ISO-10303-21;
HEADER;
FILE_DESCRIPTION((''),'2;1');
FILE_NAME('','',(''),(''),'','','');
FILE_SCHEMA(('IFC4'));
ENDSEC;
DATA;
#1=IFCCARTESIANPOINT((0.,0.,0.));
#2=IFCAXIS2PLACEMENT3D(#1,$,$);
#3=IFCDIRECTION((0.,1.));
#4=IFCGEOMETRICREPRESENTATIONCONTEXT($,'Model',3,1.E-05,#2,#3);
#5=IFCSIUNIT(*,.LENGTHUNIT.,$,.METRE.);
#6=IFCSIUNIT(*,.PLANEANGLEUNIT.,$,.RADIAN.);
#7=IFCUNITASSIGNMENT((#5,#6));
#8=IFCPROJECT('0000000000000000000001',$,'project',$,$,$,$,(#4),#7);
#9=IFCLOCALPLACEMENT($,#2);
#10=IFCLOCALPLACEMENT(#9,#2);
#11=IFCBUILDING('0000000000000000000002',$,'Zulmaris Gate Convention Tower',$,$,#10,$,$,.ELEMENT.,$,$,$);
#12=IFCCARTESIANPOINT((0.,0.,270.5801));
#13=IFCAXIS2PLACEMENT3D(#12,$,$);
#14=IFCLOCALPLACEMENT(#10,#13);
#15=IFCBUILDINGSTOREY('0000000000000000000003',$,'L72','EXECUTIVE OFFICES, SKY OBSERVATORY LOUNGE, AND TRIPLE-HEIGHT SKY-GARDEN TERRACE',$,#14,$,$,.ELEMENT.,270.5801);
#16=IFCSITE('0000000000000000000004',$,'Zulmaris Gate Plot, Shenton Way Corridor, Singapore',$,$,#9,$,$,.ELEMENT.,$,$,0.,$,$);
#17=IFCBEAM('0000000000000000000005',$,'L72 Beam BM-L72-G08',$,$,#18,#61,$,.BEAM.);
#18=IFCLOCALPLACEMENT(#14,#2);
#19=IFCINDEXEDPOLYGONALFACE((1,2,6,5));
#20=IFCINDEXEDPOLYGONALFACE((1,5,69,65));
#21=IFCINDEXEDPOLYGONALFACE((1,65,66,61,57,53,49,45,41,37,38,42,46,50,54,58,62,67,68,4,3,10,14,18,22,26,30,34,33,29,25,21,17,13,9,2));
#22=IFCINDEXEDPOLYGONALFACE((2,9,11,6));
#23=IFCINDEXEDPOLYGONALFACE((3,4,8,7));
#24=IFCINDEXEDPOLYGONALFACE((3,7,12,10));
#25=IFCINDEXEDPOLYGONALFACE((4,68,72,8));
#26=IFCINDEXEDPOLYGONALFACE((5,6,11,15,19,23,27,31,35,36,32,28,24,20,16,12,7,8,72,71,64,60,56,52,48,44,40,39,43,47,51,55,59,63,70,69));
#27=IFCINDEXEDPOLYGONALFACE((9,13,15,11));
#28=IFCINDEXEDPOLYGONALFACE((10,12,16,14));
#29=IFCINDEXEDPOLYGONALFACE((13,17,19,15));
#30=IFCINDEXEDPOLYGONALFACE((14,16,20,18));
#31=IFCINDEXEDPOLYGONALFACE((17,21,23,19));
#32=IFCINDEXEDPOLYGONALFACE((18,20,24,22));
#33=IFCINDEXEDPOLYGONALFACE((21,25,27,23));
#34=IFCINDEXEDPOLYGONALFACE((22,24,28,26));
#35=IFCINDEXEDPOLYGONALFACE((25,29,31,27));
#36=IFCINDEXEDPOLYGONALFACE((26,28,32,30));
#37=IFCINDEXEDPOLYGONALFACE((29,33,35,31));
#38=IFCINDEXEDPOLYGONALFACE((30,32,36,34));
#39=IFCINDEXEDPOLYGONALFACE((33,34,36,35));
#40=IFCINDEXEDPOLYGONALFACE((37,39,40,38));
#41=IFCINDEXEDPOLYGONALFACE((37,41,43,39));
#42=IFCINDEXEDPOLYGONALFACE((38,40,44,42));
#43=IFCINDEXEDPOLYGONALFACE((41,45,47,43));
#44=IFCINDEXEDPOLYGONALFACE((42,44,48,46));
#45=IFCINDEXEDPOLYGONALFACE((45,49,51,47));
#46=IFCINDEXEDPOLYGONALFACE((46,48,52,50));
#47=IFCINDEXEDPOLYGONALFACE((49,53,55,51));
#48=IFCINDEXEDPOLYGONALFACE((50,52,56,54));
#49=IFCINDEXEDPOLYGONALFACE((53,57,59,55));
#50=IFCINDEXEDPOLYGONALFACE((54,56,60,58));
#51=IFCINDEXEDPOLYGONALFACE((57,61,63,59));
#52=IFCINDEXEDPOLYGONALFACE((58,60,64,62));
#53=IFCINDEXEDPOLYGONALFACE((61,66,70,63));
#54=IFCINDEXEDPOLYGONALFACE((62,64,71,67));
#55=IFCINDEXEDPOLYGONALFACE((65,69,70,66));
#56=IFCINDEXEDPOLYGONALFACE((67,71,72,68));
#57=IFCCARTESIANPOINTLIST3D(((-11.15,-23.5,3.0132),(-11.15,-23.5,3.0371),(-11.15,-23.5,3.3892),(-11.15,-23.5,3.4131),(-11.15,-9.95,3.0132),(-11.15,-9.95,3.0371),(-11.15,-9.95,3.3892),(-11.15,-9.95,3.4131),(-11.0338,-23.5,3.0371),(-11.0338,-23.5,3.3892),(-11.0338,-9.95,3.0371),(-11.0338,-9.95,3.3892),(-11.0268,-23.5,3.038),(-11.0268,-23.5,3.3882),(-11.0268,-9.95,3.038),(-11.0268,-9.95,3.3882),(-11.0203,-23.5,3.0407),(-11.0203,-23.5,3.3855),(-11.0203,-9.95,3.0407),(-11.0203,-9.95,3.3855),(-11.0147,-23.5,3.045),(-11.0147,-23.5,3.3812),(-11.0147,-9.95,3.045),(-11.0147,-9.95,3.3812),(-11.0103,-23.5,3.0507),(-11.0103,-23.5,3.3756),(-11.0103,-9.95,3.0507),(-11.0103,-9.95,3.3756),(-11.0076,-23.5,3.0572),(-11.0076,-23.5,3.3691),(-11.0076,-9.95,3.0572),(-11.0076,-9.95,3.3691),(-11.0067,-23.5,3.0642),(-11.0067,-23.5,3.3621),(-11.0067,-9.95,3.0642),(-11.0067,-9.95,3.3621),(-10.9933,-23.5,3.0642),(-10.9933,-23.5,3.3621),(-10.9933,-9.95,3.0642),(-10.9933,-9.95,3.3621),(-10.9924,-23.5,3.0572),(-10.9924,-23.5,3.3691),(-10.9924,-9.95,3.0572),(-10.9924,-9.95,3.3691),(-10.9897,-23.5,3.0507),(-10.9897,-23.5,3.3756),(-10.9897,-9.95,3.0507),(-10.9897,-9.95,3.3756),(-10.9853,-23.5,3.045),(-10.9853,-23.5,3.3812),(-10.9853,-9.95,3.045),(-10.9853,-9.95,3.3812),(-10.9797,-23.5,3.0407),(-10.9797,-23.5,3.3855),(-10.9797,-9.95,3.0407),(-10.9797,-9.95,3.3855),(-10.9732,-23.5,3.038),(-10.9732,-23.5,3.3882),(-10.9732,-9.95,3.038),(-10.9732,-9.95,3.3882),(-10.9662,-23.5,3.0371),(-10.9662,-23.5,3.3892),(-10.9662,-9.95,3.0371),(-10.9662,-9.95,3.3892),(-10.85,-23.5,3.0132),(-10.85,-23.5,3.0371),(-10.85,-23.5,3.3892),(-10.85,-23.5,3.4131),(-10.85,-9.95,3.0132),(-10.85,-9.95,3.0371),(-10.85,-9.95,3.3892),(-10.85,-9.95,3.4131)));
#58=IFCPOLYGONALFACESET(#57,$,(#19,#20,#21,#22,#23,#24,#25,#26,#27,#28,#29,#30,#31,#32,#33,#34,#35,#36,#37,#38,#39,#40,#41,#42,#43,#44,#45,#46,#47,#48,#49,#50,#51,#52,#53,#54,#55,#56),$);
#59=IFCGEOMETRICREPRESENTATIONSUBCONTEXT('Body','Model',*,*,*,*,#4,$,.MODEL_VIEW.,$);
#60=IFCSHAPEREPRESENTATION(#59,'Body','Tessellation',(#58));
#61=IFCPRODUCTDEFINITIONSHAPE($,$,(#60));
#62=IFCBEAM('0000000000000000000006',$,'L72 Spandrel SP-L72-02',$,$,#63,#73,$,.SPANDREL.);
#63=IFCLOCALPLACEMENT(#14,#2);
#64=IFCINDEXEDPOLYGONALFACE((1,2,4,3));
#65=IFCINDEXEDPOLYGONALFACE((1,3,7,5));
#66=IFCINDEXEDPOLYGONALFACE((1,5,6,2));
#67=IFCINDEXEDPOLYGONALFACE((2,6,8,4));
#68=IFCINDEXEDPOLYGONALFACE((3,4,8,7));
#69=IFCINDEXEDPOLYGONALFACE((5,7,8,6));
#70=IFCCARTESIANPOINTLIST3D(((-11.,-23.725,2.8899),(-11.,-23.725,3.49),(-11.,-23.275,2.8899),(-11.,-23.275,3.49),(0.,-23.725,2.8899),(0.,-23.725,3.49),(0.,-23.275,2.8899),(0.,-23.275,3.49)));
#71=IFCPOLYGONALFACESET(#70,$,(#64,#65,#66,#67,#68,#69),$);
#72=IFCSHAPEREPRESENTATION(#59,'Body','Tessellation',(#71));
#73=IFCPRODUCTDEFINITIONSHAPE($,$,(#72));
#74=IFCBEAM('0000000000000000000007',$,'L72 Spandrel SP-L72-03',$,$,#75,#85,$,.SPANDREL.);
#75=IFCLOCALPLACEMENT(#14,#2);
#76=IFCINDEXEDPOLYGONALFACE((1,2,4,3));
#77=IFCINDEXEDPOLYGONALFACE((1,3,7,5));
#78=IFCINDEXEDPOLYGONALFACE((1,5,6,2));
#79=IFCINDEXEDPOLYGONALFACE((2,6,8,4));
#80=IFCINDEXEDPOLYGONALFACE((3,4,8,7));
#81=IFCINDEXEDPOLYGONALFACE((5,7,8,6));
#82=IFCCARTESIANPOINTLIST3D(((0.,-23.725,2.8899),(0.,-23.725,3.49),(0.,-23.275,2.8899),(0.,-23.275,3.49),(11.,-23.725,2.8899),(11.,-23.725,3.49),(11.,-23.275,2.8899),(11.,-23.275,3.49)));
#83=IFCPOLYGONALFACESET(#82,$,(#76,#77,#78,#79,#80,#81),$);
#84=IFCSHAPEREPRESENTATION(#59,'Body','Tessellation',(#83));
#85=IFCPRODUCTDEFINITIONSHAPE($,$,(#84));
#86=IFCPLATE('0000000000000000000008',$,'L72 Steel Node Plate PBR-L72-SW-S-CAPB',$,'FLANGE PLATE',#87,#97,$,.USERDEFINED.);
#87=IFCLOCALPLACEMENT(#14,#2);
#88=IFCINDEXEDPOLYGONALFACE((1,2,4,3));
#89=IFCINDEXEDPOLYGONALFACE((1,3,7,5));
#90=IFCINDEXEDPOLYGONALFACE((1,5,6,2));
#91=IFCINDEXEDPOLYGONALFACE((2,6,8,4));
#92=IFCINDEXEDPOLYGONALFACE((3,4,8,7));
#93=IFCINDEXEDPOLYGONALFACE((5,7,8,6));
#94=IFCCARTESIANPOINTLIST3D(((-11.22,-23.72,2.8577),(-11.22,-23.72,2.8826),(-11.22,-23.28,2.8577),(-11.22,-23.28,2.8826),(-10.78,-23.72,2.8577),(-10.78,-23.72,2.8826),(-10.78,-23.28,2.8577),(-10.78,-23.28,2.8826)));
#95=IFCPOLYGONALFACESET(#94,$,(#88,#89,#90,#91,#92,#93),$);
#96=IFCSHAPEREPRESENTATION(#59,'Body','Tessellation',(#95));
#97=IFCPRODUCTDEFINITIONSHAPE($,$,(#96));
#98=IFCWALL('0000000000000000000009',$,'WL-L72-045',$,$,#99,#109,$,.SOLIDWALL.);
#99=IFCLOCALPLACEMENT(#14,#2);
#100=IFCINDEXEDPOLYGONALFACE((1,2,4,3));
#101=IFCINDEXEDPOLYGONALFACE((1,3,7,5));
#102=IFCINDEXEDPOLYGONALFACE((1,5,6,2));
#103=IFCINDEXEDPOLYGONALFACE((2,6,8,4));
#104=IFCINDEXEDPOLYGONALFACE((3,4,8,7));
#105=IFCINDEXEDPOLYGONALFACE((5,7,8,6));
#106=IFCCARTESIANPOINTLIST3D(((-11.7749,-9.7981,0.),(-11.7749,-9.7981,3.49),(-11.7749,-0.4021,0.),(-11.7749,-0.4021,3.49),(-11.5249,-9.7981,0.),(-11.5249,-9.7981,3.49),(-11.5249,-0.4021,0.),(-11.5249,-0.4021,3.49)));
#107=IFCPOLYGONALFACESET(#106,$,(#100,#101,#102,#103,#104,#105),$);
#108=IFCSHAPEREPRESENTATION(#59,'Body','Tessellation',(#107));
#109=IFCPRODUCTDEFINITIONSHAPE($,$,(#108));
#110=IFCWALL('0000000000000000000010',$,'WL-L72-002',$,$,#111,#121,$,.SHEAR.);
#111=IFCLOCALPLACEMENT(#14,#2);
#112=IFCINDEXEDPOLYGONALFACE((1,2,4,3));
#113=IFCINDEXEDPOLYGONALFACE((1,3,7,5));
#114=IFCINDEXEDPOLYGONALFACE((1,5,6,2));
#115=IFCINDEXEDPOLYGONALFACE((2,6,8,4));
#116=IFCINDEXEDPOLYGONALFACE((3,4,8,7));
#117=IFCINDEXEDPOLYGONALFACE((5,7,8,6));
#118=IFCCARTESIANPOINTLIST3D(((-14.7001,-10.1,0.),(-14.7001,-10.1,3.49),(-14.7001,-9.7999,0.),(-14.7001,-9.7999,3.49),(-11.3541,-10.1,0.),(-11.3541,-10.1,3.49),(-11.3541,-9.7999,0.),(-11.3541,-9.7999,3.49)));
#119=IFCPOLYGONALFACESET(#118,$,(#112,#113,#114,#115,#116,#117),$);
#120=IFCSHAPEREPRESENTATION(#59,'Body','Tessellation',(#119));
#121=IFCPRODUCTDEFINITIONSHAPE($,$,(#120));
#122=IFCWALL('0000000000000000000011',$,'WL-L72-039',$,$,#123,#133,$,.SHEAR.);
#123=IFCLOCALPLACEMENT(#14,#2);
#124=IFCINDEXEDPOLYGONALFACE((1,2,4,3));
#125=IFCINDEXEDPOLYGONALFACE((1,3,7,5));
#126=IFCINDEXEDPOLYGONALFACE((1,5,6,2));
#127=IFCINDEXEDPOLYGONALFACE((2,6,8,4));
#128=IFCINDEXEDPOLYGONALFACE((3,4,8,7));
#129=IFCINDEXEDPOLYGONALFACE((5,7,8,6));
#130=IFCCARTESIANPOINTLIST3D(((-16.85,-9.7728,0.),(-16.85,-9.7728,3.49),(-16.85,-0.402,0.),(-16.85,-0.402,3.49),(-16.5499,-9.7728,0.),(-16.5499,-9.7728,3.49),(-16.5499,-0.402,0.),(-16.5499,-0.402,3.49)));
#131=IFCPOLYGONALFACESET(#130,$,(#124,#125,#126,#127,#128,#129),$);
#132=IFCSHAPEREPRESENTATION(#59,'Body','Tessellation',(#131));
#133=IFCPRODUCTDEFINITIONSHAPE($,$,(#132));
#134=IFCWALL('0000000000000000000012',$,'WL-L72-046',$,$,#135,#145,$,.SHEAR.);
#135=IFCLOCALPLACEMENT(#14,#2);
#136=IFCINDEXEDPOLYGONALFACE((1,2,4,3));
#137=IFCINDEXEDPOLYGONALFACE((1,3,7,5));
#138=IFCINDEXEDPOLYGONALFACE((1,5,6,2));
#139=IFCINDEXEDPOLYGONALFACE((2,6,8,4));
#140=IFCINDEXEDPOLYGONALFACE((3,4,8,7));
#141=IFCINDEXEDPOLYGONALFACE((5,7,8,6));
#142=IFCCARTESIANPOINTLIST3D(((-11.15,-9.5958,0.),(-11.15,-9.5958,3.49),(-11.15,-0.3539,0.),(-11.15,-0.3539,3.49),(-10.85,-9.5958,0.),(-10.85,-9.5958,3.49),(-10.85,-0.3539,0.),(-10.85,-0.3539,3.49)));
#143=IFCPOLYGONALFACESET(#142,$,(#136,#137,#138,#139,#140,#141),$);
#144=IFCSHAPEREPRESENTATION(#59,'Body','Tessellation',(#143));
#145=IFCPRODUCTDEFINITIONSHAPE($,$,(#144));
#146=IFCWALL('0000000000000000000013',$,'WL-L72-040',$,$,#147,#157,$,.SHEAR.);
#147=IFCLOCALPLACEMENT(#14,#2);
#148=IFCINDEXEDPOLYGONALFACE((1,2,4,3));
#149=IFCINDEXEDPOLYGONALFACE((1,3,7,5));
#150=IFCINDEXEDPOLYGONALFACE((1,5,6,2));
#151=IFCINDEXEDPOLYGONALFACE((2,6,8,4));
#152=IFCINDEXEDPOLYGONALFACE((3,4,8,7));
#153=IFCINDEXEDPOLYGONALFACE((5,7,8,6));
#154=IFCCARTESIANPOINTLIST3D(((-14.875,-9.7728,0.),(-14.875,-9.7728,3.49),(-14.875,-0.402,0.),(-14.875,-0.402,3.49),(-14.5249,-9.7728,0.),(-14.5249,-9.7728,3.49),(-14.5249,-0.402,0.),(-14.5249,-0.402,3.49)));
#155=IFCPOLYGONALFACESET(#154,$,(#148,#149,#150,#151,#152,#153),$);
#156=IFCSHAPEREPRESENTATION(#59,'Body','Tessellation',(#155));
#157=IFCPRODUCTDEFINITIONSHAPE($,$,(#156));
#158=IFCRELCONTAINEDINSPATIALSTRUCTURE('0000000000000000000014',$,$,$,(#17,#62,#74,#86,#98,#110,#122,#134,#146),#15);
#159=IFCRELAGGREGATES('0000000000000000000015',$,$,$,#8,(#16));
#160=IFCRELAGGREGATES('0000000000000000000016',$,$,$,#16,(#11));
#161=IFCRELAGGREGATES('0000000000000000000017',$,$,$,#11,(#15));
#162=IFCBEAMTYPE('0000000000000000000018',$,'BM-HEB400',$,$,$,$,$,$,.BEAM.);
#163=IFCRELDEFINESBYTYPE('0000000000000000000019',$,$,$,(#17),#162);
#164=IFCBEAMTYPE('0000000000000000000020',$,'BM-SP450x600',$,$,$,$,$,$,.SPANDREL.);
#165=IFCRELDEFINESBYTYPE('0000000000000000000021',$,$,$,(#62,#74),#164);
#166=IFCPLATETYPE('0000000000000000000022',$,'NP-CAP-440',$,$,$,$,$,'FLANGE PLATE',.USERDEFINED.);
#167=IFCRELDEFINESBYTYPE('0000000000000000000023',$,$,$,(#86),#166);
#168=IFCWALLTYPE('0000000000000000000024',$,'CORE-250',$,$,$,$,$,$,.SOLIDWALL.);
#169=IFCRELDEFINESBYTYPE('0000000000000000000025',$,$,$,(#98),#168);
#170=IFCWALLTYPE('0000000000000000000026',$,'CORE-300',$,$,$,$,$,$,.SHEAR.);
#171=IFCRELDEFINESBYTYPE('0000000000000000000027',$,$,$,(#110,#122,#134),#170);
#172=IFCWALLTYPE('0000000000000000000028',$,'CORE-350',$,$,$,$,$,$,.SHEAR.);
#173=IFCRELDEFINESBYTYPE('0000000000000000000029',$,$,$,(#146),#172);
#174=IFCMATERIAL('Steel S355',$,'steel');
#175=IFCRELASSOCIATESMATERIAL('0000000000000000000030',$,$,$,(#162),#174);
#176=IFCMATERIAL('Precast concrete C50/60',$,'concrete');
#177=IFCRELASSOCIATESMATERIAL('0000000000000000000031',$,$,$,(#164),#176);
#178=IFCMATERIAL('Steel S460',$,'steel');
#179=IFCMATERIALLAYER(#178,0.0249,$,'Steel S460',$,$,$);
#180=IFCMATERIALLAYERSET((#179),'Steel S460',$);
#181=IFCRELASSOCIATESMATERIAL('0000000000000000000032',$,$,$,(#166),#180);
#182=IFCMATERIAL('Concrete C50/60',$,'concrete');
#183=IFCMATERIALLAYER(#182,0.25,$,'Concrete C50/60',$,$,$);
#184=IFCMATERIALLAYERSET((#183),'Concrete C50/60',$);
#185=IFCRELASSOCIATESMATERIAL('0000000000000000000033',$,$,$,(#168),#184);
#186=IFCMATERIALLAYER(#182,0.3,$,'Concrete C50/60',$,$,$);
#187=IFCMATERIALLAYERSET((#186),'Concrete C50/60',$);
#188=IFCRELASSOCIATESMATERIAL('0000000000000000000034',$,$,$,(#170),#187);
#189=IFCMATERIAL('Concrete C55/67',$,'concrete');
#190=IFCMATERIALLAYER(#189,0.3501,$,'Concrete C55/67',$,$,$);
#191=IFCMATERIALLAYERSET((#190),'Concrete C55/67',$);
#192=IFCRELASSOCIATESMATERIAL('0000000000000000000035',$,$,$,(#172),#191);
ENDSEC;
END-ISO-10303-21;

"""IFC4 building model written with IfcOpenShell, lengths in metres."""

from ifc_helpers import new_model, si_unit, direction, frame, frame_2d, origin, origin_2d, place, context, subcontext, project, spatial, rectangle, i_section, extrude, material, layer, layer_set, material_profile, profile_set, type_object, element, save


model = new_model("IFC4")

# Units and contexts
model_context = context("Model", 3, precision=1e-05, world=origin(), true_north=direction((0.0, 1.0)))
body_context = subcontext(model_context, "Body", "Model", "MODEL_VIEW")
ifc_project = project(units=[si_unit("LENGTHUNIT", "METRE"), si_unit("PLANEANGLEUNIT", "RADIAN")], contexts=[model_context])

# Site, building, storey
site_placement = place(None, origin())
site = spatial("IfcSite", under=ifc_project, at=site_placement, Name="Zulmaris Gate Plot, Shenton Way Corridor, Singapore", CompositionType="ELEMENT", RefElevation=0.0)
building_placement = place(site_placement, origin())
building = spatial("IfcBuilding", under=site, at=building_placement, Name="Zulmaris Gate Convention Tower", CompositionType="ELEMENT")
storey_placement = place(building_placement, frame((0.0, 0.0, 270.5801)))
storey = spatial("IfcBuildingStorey", under=building, at=storey_placement, Name="L72", Description="EXECUTIVE OFFICES, SKY OBSERVATORY LOUNGE, AND TRIPLE-HEIGHT SKY-GARDEN TERRACE", CompositionType="ELEMENT", Elevation=270.5801)

# Shared definitions
ifc_material_1 = material(Name="Concrete C50/60", Category="concrete")

# Beams
ifc_material_2 = material(Name="Steel S355", Category="steel")
ifc_material_profile_1 = material_profile(ifc_material_2, i_section(OverallWidth=0.3, OverallDepth=0.3999, WebThickness=0.0134, FlangeThickness=0.0239, FilletRadius=0.0271, at=origin_2d()), Name="HEB 400")
ifc_profile_set_1 = profile_set([ifc_material_profile_1], Name="Steel S355")
beam_type_1 = type_object("IfcBeamType", Name="BM-HEB400", PredefinedType="BEAM", material=ifc_profile_set_1)
beam_1_placement = place(storey_placement, frame((-11.0, -23.5, 3.2131), z_axis=(0.0, 1.0, 0.0), x_axis=(-1.0, 0.0, 0.0)))
element("IfcBeam", 1, at=beam_1_placement, inside=storey, type_object=beam_type_1, Name="L72 Beam BM-L72-G08", PredefinedType="BEAM", context=body_context, shape_type="SweptSolid", body=[
    extrude(i_section(OverallWidth=0.3, OverallDepth=0.3999, WebThickness=0.0134, FlangeThickness=0.0239, FilletRadius=0.0271, at=origin_2d()), origin(), (0.0, 0.0, 1.0), 13.55),
])
ifc_material_3 = material(Name="Precast concrete C50/60", Category="concrete")
ifc_material_profile_2 = material_profile(ifc_material_3, rectangle(XDim=0.45, YDim=0.6001, at=origin_2d()), Name="RC SPANDREL 450x600")
ifc_profile_set_2 = profile_set([ifc_material_profile_2], Name="Precast concrete C50/60")
beam_type_2 = type_object("IfcBeamType", Name="BM-SP450x600", PredefinedType="SPANDREL", material=ifc_profile_set_2)
for number, where, z_axis, x_axis, name in (
    (2, (-11.0, -23.5, 3.1899), (1.0, 0.0, 0.0), (0.0, 1.0, 0.0), "L72 Spandrel SP-L72-02"),
    (3, (0.0, -23.5, 3.1899), (1.0, 0.0, 0.0), (0.0, 1.0, 0.0), "L72 Spandrel SP-L72-03"),
):
    element("IfcBeam", number, at=place(storey_placement, frame(where, z_axis=z_axis, x_axis=x_axis)), inside=storey, type_object=beam_type_2, Name=name, PredefinedType="SPANDREL", context=body_context, shape_type="SweptSolid", body=[
        extrude(rectangle(XDim=0.45, YDim=0.6001, at=origin_2d()), origin(), (0.0, 0.0, 1.0), 11.0),
    ])

# Plate
ifc_material_4 = material(Name="Steel S460", Category="steel")
ifc_layer_1 = layer(ifc_material_4, 0.0249, Name="Steel S460")
ifc_layer_set_1 = layer_set([ifc_layer_1], Name="Steel S460")
plate_type = type_object("IfcPlateType", Name="NP-CAP-440", ElementType="FLANGE PLATE", PredefinedType="USERDEFINED", material=ifc_layer_set_1)
plate_placement = place(storey_placement, frame((-11.0, -23.5, 2.8577), z_axis=(0.0, 0.0, 1.0), x_axis=(1.0, 0.0, 0.0)))
element("IfcPlate", 4, at=plate_placement, inside=storey, type_object=plate_type, Name="L72 Steel Node Plate PBR-L72-SW-S-CAPB", ObjectType="FLANGE PLATE", PredefinedType="USERDEFINED", context=body_context, shape_type="SweptSolid", body=[
    extrude(rectangle(XDim=0.4399, YDim=0.4399, at=origin_2d()), origin(), (0.0, 0.0, 1.0), 0.0249),
])

# Walls
ifc_layer_2 = layer(ifc_material_1, 0.25, Name="Concrete C50/60")
ifc_layer_set_2 = layer_set([ifc_layer_2], Name="Concrete C50/60")
wall_type_1 = type_object("IfcWallType", Name="CORE-250", PredefinedType="SOLIDWALL", material=ifc_layer_set_2)
wall_1_placement = place(storey_placement, frame((-11.6499, -9.7981, 0.0), z_axis=(0.0, 0.0, 1.0), x_axis=(0.0, 1.0, 0.0)))
element("IfcWall", 5, at=wall_1_placement, inside=storey, type_object=wall_type_1, Name="WL-L72-045", PredefinedType="SOLIDWALL", context=body_context, shape_type="SweptSolid", body=[
    extrude(rectangle(XDim=9.396, YDim=0.25, at=frame_2d((4.698, 0.0))), origin(), (0.0, 0.0, 1.0), 3.49),
])
ifc_layer_3 = layer(ifc_material_1, 0.3, Name="Concrete C50/60")
ifc_layer_set_3 = layer_set([ifc_layer_3], Name="Concrete C50/60")
wall_type_2 = type_object("IfcWallType", Name="CORE-300", PredefinedType="SHEAR", material=ifc_layer_set_3)
wall_2_placement = place(storey_placement, frame((-14.7, -9.95, 0.0), z_axis=(0.0, 0.0, 1.0), x_axis=(1.0, 0.0, 0.0)))
element("IfcWall", 6, at=wall_2_placement, inside=storey, type_object=wall_type_2, Name="WL-L72-002", PredefinedType="SHEAR", context=body_context, shape_type="SweptSolid", body=[
    extrude(rectangle(XDim=3.3459, YDim=0.3, at=frame_2d((1.6729, 0.0))), origin(), (0.0, 0.0, 1.0), 3.49),
])
wall_3_placement = place(storey_placement, frame((-16.7, -9.7729, 0.0), z_axis=(0.0, 0.0, 1.0), x_axis=(0.0, 1.0, 0.0)))
element("IfcWall", 7, at=wall_3_placement, inside=storey, type_object=wall_type_2, Name="WL-L72-039", PredefinedType="SHEAR", context=body_context, shape_type="SweptSolid", body=[
    extrude(rectangle(XDim=9.3708, YDim=0.3, at=frame_2d((4.6855, 0.0))), origin(), (0.0, 0.0, 1.0), 3.49),
])
wall_4_placement = place(storey_placement, frame((-11.0, -9.5959, 0.0), z_axis=(0.0, 0.0, 1.0), x_axis=(0.0, 1.0, 0.0)))
element("IfcWall", 8, at=wall_4_placement, inside=storey, type_object=wall_type_2, Name="WL-L72-046", PredefinedType="SHEAR", context=body_context, shape_type="SweptSolid", body=[
    extrude(rectangle(XDim=9.2419, YDim=0.3, at=frame_2d((4.6211, 0.0))), origin(), (0.0, 0.0, 1.0), 3.49),
])
ifc_material_5 = material(Name="Concrete C55/67", Category="concrete")
ifc_layer_4 = layer(ifc_material_5, 0.3501, Name="Concrete C55/67")
ifc_layer_set_4 = layer_set([ifc_layer_4], Name="Concrete C55/67")
wall_type_3 = type_object("IfcWallType", Name="CORE-350", PredefinedType="SHEAR", material=ifc_layer_set_4)
wall_5_placement = place(storey_placement, frame((-14.7, -9.7729, 0.0), z_axis=(0.0, 0.0, 1.0), x_axis=(0.0, 1.0, 0.0)))
element("IfcWall", 9, at=wall_5_placement, inside=storey, type_object=wall_type_3, Name="WL-L72-040", PredefinedType="SHEAR", context=body_context, shape_type="SweptSolid", body=[
    extrude(rectangle(XDim=9.3708, YDim=0.3501, at=frame_2d((4.6855, 0.0))), origin(), (0.0, 0.0, 1.0), 3.49),
])

save(model, "model.ifc")
